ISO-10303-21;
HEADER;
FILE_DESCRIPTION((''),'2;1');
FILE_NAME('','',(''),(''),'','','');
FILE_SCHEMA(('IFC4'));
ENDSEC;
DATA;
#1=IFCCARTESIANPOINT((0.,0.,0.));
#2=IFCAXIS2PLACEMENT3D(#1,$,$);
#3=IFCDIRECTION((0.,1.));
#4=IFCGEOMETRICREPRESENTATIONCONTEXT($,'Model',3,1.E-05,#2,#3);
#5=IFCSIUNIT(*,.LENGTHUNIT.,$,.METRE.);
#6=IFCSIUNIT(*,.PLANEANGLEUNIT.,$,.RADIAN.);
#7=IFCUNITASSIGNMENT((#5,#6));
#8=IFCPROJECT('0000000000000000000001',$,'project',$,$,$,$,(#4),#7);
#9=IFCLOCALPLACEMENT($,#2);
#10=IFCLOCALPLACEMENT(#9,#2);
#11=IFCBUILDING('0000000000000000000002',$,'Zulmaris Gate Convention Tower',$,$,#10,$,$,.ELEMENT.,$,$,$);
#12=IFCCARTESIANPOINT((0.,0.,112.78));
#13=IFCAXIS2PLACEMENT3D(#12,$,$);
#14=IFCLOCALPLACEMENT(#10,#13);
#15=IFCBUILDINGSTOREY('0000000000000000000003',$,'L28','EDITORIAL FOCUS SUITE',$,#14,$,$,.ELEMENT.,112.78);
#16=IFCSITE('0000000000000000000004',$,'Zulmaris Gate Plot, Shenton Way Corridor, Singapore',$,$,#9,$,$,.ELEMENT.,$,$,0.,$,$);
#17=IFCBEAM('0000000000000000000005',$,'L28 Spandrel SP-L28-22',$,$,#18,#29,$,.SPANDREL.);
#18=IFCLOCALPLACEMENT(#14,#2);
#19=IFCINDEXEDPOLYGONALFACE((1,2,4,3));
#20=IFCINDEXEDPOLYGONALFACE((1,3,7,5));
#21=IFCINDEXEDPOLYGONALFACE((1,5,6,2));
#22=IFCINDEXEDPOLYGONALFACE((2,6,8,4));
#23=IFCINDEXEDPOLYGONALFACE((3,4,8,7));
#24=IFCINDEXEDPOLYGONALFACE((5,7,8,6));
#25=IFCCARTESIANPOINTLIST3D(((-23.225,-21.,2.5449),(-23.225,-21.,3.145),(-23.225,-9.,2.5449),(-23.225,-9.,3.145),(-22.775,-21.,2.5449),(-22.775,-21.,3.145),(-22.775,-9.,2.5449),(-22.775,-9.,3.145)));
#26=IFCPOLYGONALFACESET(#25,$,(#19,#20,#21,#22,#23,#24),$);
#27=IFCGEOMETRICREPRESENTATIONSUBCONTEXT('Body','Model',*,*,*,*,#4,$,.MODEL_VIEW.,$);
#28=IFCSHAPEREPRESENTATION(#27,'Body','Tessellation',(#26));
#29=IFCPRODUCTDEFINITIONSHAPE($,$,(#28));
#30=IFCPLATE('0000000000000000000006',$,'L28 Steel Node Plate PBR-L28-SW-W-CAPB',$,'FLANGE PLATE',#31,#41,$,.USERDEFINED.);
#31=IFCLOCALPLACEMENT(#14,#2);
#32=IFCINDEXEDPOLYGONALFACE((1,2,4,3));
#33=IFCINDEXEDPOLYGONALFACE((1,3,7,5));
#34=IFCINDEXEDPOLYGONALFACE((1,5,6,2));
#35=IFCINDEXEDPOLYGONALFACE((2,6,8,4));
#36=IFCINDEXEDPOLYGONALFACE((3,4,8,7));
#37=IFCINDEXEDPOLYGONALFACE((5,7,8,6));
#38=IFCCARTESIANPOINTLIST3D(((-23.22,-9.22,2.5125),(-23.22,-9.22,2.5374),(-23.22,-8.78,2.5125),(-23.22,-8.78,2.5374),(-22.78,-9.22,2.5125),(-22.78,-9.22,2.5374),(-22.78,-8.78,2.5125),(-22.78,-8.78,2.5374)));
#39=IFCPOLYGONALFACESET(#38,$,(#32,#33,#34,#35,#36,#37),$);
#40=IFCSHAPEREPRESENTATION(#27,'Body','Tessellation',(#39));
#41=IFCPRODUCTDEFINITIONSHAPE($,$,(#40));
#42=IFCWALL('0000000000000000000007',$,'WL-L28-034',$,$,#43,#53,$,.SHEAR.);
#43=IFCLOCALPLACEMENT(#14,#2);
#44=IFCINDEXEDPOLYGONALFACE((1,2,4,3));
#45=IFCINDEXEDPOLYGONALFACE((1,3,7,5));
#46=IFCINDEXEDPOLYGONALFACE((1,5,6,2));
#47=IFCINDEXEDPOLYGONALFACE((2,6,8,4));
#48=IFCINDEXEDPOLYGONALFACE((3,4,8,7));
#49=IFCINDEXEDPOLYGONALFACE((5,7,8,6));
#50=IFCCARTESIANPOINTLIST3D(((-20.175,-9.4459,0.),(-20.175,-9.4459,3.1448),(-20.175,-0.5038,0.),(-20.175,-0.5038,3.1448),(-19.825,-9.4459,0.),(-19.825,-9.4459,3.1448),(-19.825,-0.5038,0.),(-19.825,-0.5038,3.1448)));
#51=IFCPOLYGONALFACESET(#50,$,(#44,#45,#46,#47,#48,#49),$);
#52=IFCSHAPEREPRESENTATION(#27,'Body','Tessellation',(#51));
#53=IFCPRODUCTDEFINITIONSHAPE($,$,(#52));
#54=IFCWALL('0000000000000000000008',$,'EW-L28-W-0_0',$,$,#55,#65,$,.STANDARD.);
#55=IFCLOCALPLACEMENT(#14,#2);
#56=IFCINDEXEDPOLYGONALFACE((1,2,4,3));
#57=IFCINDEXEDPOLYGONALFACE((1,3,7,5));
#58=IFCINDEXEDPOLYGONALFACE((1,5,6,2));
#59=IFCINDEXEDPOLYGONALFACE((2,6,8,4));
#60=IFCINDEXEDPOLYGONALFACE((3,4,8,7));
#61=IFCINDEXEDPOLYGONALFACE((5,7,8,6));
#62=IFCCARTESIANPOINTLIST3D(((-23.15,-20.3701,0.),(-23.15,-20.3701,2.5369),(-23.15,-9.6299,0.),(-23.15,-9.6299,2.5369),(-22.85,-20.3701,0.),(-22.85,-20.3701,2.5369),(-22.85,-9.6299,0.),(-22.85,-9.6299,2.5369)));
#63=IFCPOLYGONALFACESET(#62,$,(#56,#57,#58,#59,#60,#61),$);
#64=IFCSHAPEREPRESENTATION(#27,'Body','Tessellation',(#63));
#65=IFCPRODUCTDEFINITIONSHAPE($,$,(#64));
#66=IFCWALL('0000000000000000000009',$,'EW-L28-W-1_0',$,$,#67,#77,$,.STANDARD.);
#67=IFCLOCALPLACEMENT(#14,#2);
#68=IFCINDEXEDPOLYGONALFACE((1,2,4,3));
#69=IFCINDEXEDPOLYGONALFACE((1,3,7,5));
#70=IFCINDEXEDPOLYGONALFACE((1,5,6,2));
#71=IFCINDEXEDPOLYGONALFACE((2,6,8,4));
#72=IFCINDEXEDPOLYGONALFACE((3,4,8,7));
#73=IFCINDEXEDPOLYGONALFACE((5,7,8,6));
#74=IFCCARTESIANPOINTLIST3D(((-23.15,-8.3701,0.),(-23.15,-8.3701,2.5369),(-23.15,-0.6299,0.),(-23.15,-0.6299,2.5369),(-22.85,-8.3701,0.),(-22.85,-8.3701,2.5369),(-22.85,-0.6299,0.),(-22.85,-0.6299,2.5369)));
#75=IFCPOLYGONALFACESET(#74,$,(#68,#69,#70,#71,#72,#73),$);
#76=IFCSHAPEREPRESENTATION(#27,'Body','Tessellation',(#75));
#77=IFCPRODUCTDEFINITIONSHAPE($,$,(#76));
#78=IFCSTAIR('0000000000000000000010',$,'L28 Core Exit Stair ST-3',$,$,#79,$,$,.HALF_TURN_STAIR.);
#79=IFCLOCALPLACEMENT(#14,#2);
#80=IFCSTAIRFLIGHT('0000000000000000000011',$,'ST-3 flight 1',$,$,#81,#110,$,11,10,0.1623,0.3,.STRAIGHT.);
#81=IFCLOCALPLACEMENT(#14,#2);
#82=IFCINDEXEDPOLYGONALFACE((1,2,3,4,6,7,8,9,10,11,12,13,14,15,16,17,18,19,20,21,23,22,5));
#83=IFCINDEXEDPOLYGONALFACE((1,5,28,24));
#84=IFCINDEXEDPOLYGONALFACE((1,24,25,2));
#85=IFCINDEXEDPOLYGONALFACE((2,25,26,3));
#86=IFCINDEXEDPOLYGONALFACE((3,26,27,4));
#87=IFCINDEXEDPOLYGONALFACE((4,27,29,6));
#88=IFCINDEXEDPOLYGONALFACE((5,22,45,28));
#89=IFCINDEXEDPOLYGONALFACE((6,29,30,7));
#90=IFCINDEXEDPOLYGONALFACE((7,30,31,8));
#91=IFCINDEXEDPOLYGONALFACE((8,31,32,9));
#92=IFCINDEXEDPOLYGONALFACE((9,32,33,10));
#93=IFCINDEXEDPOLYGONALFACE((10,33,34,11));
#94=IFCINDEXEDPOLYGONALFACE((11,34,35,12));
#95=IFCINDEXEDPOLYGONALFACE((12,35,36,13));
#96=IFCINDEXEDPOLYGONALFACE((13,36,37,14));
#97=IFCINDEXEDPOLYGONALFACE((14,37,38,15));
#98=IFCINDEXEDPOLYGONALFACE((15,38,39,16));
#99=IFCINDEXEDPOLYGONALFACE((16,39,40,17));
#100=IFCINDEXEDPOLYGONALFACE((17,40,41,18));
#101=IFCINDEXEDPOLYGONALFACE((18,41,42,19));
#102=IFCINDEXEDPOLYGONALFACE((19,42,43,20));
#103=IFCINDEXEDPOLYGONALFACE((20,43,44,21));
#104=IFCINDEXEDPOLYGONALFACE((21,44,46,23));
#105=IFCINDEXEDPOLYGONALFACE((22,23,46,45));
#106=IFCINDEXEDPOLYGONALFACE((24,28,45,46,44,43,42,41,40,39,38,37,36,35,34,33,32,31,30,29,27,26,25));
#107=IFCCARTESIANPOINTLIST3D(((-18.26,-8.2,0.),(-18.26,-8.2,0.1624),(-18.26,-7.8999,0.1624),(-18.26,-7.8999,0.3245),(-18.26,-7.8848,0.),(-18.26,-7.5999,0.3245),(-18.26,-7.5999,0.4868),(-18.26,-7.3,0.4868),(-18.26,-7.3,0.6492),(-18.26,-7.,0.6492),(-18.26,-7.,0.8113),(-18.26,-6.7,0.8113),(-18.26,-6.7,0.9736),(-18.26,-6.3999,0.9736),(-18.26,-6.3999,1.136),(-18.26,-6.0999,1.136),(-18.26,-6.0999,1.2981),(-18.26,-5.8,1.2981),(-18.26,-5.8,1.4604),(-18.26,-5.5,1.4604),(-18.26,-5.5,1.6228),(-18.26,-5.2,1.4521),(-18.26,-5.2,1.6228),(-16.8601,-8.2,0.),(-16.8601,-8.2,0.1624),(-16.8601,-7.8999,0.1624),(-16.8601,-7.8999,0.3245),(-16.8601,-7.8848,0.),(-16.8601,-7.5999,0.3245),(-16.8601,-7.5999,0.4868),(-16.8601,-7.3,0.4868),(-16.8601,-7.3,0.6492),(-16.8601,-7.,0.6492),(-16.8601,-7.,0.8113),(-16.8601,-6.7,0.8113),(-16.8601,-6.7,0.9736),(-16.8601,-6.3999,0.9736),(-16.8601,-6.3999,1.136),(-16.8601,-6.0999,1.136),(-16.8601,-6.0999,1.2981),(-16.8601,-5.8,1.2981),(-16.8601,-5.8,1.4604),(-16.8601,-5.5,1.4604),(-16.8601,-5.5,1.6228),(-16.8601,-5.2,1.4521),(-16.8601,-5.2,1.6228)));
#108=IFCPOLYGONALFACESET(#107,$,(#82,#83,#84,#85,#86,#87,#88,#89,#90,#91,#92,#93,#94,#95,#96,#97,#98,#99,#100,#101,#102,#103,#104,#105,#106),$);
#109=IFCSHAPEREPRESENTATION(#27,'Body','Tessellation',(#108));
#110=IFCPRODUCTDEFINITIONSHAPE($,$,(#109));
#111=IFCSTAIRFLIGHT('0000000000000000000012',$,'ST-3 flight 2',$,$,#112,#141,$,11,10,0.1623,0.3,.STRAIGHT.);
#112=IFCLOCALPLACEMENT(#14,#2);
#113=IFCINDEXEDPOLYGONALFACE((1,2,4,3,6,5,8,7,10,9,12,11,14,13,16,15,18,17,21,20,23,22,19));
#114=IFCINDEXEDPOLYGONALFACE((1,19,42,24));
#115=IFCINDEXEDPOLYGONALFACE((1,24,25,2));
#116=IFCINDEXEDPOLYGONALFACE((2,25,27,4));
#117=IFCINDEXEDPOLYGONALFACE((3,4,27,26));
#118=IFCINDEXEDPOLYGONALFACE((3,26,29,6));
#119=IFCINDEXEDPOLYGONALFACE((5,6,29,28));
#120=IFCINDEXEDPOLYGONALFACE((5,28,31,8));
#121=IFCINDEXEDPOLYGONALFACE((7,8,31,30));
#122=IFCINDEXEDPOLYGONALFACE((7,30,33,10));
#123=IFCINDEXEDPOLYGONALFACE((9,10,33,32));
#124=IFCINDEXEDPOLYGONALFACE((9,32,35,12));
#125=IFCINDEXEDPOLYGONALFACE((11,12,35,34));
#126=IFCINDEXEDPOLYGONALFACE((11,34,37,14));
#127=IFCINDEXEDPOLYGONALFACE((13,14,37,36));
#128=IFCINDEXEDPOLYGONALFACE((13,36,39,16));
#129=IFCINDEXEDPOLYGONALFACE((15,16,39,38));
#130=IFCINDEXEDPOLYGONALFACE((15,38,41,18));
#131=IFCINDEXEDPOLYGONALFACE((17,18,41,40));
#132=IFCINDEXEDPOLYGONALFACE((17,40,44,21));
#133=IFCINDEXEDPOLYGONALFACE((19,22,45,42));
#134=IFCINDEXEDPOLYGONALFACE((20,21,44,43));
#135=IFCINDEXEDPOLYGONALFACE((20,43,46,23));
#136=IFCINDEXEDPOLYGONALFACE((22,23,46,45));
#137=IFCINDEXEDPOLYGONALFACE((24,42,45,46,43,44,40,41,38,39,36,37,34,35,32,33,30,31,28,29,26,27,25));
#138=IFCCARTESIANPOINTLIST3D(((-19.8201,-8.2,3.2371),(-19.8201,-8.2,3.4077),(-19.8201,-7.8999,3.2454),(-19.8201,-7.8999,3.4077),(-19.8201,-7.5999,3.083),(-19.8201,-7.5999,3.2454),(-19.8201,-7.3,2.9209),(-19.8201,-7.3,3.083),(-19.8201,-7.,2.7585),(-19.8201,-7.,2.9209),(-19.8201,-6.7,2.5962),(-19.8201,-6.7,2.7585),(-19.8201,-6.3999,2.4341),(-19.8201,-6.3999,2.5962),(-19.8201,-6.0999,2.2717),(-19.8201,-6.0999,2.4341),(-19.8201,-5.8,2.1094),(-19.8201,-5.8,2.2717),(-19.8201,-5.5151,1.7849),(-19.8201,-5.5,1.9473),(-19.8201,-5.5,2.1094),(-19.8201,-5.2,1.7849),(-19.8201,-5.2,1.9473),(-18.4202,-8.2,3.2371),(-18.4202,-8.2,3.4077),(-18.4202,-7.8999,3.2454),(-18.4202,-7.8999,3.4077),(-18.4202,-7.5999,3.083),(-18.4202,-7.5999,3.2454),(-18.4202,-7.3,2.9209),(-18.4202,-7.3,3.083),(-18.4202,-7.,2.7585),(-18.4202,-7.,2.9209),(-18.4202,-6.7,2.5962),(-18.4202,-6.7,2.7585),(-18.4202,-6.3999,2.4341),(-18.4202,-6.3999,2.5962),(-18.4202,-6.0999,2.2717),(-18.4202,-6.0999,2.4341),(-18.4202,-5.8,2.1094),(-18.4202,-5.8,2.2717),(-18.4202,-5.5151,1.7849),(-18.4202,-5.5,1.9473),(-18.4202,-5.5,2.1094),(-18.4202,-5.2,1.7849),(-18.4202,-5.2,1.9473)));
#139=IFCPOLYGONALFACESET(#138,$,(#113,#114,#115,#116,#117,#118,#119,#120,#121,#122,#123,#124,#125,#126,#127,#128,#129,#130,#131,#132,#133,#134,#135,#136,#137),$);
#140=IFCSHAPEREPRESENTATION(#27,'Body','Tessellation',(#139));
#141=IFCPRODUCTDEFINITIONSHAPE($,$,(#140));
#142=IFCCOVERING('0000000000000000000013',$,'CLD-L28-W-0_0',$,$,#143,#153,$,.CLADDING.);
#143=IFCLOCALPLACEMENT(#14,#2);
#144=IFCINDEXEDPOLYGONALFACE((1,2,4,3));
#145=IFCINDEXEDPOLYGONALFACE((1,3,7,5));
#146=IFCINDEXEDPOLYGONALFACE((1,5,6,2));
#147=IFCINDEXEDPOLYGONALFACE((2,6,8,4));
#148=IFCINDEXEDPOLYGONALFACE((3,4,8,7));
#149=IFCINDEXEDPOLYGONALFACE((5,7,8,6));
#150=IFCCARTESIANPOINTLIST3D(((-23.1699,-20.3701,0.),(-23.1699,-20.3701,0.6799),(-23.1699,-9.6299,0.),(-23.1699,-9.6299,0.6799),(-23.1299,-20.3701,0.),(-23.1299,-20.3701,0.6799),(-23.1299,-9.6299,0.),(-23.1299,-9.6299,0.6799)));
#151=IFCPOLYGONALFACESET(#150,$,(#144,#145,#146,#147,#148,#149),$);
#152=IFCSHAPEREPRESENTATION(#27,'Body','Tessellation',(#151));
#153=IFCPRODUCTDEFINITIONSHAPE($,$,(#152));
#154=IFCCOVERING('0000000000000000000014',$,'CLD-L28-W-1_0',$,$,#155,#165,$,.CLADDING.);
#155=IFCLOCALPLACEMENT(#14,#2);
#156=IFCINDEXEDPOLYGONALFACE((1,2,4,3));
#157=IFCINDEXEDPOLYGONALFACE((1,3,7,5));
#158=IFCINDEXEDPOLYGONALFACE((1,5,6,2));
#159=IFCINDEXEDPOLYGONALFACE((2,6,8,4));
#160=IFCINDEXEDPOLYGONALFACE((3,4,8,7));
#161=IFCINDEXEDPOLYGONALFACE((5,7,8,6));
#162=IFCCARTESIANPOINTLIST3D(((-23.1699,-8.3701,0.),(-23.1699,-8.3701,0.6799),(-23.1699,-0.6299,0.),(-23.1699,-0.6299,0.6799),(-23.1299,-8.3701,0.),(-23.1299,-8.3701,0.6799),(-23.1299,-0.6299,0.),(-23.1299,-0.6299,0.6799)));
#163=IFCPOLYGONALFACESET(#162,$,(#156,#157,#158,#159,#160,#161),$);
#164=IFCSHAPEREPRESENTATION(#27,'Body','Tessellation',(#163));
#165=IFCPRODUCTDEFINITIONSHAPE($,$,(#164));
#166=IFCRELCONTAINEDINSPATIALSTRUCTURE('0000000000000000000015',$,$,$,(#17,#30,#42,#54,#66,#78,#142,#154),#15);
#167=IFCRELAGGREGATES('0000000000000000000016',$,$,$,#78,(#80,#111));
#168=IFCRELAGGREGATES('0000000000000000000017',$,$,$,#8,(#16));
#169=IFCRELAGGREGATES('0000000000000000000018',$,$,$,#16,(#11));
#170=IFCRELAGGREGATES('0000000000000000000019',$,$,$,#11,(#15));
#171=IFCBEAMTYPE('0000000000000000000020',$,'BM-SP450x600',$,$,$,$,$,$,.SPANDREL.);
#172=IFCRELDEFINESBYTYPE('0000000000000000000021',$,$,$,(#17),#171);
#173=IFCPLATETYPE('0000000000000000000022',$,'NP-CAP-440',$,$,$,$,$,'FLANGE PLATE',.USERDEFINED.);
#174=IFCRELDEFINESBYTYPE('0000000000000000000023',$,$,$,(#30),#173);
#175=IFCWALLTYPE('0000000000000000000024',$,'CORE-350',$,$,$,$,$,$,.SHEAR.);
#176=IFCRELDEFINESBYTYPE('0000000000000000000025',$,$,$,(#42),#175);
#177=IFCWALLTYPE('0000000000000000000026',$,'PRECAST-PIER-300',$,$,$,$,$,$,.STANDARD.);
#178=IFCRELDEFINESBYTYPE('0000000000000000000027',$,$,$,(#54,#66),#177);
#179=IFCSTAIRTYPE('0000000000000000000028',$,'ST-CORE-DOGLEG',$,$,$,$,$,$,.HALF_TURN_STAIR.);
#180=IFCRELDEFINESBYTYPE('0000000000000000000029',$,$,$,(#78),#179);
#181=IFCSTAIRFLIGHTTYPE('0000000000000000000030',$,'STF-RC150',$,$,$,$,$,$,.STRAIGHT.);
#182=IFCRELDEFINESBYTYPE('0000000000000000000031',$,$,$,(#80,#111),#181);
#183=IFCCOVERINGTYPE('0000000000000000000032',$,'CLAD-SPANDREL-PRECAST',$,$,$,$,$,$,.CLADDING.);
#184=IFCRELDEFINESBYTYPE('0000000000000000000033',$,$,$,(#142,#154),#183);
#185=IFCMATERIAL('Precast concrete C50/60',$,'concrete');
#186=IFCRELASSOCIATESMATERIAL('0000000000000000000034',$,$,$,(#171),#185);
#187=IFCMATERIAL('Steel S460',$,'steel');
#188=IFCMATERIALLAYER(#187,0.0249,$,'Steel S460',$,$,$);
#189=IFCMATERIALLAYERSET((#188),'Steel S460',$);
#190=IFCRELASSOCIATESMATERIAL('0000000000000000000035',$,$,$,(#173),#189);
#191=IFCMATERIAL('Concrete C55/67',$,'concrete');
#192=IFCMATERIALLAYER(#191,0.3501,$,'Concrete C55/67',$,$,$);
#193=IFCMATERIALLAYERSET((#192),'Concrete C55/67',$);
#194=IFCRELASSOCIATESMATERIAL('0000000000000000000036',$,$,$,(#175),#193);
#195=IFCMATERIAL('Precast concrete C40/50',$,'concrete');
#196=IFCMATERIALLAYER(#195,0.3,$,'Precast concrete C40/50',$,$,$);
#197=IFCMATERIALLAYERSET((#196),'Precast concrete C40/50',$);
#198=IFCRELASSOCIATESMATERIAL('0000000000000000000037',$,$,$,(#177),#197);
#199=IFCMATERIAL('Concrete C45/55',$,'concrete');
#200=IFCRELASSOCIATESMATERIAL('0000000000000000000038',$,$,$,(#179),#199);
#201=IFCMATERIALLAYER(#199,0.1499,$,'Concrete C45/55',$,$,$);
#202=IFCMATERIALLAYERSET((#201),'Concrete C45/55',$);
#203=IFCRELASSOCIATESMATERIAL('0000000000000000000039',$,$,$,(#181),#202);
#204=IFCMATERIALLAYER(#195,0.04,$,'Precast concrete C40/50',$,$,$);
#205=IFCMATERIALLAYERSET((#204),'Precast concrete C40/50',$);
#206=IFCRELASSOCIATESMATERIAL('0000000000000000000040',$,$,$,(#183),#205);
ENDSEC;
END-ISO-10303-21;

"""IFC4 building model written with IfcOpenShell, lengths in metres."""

from ifc_helpers import new_model, si_unit, direction, frame, frame_2d, origin, origin_2d, place, context, subcontext, project, spatial, polyline, rectangle, outline, extrude, material, layer, layer_set, material_profile, profile_set, type_object, element, aggregate, save


model = new_model("IFC4")

# Units and contexts
model_context = context("Model", 3, precision=1e-05, world=origin(), true_north=direction((0.0, 1.0)))
body_context = subcontext(model_context, "Body", "Model", "MODEL_VIEW")
ifc_project = project(units=[si_unit("LENGTHUNIT", "METRE"), si_unit("PLANEANGLEUNIT", "RADIAN")], contexts=[model_context])

# Site, building, storey
site_placement = place(None, origin())
site = spatial("IfcSite", under=ifc_project, at=site_placement, Name="Zulmaris Gate Plot, Shenton Way Corridor, Singapore", CompositionType="ELEMENT", RefElevation=0.0)
building_placement = place(site_placement, origin())
building = spatial("IfcBuilding", under=site, at=building_placement, Name="Zulmaris Gate Convention Tower", CompositionType="ELEMENT")
storey_placement = place(building_placement, frame((0.0, 0.0, 112.78)))
storey = spatial("IfcBuildingStorey", under=building, at=storey_placement, Name="L28", Description="EDITORIAL FOCUS SUITE", CompositionType="ELEMENT", Elevation=112.78)

# Beam
ifc_material_1 = material(Name="Precast concrete C50/60", Category="concrete")
ifc_material_profile_1 = material_profile(ifc_material_1, rectangle(XDim=0.45, YDim=0.6001, at=origin_2d()), Name="RC SPANDREL 450x600")
ifc_profile_set_1 = profile_set([ifc_material_profile_1], Name="Precast concrete C50/60")
beam_type_1 = type_object("IfcBeamType", Name="BM-SP450x600", PredefinedType="SPANDREL", material=ifc_profile_set_1)
beam_1_placement = place(storey_placement, frame((-23.0, -9.0, 2.845), z_axis=(0.0, -1.0, 0.0), x_axis=(1.0, 0.0, 0.0)))
element("IfcBeam", 1, at=beam_1_placement, inside=storey, type_object=beam_type_1, Name="L28 Spandrel SP-L28-22", PredefinedType="SPANDREL", context=body_context, shape_type="SweptSolid", body=[
    extrude(rectangle(XDim=0.45, YDim=0.6001, at=origin_2d()), origin(), (0.0, 0.0, 1.0), 12.0),
])

# Plate
ifc_material_2 = material(Name="Steel S460", Category="steel")
ifc_layer_1 = layer(ifc_material_2, 0.0249, Name="Steel S460")
ifc_layer_set_1 = layer_set([ifc_layer_1], Name="Steel S460")
plate_type = type_object("IfcPlateType", Name="NP-CAP-440", ElementType="FLANGE PLATE", PredefinedType="USERDEFINED", material=ifc_layer_set_1)
plate_placement = place(storey_placement, frame((-23.0, -9.0, 2.5125), z_axis=(0.0, 0.0, 1.0), x_axis=(1.0, 0.0, 0.0)))
element("IfcPlate", 2, at=plate_placement, inside=storey, type_object=plate_type, Name="L28 Steel Node Plate PBR-L28-SW-W-CAPB", ObjectType="FLANGE PLATE", PredefinedType="USERDEFINED", context=body_context, shape_type="SweptSolid", body=[
    extrude(rectangle(XDim=0.4399, YDim=0.4399, at=origin_2d()), origin(), (0.0, 0.0, 1.0), 0.0249),
])

# Walls
ifc_material_3 = material(Name="Concrete C55/67", Category="concrete")
ifc_layer_2 = layer(ifc_material_3, 0.3501, Name="Concrete C55/67")
ifc_layer_set_2 = layer_set([ifc_layer_2], Name="Concrete C55/67")
wall_type_1 = type_object("IfcWallType", Name="CORE-350", PredefinedType="SHEAR", material=ifc_layer_set_2)
wall_1_placement = place(storey_placement, frame((-20.0, -9.446, 0.0), z_axis=(0.0, 0.0, 1.0), x_axis=(0.0, 1.0, 0.0)))
element("IfcWall", 3, at=wall_1_placement, inside=storey, type_object=wall_type_1, Name="WL-L28-034", PredefinedType="SHEAR", context=body_context, shape_type="SweptSolid", body=[
    extrude(rectangle(XDim=8.9421, YDim=0.3501, at=frame_2d((4.4712, 0.0))), origin(), (0.0, 0.0, 1.0), 3.1448),
])
ifc_material_4 = material(Name="Precast concrete C40/50", Category="concrete")
ifc_layer_3 = layer(ifc_material_4, 0.3, Name="Precast concrete C40/50")
ifc_layer_set_3 = layer_set([ifc_layer_3], Name="Precast concrete C40/50")
wall_type_2 = type_object("IfcWallType", Name="PRECAST-PIER-300", PredefinedType="STANDARD", material=ifc_layer_set_3)
wall_2_placement = place(storey_placement, frame((-23.0, -9.6299, 0.0), z_axis=(0.0, 0.0, 1.0), x_axis=(0.0, -1.0, 0.0)))
element("IfcWall", 4, at=wall_2_placement, inside=storey, type_object=wall_type_2, Name="EW-L28-W-0_0", PredefinedType="STANDARD", context=body_context, shape_type="SweptSolid", body=[
    extrude(rectangle(XDim=10.7402, YDim=0.3, at=frame_2d((5.3701, 0.0))), origin(), (0.0, 0.0, 1.0), 2.5369),
])
wall_3_placement = place(storey_placement, frame((-23.0, -0.6299, 0.0), z_axis=(0.0, 0.0, 1.0), x_axis=(0.0, -1.0, 0.0)))
element("IfcWall", 5, at=wall_3_placement, inside=storey, type_object=wall_type_2, Name="EW-L28-W-1_0", PredefinedType="STANDARD", context=body_context, shape_type="SweptSolid", body=[
    extrude(rectangle(XDim=7.7402, YDim=0.3, at=frame_2d((3.8701, 0.0))), origin(), (0.0, 0.0, 1.0), 2.5369),
])

# Stair, stair flights
ifc_material_5 = material(Name="Concrete C45/55", Category="concrete")
stair_type = type_object("IfcStairType", Name="ST-CORE-DOGLEG", PredefinedType="HALF_TURN_STAIR", material=ifc_material_5)
stair_placement = place(storey_placement, origin())
stair = element("IfcStair", 6, at=stair_placement, inside=storey, type_object=stair_type, Name="L28 Core Exit Stair ST-3", PredefinedType="HALF_TURN_STAIR")
ifc_layer_4 = layer(ifc_material_5, 0.1499, Name="Concrete C45/55")
ifc_layer_set_4 = layer_set([ifc_layer_4], Name="Concrete C45/55")
stair_flight_type = type_object("IfcStairFlightType", Name="STF-RC150", PredefinedType="STRAIGHT", material=ifc_layer_set_4)
stair_flight_1_placement = place(storey_placement, frame((-17.5601, -8.2, 0.0), z_axis=(0.0, 0.0, 1.0), x_axis=(0.0, 1.0, 0.0)))
stair_flight_1 = element("IfcStairFlight", 7, at=stair_flight_1_placement, type_object=stair_flight_type, Name="ST-3 flight 1", NumberOfRisers=11, NumberOfTreads=10, PredefinedType="STRAIGHT", RiserHeight=0.1623, TreadLength=0.3, context=body_context, shape_type="SweptSolid", body=[
    extrude(outline(polyline([(0.0, 0.0), (0.0, 0.1624), (0.3, 0.1624), (0.3, 0.3245), (0.6001, 0.3245), (0.6001, 0.4868), (0.8999, 0.4868), (0.8999, 0.6492), (1.2, 0.6492), (1.2, 0.8113), (1.5, 0.8113), (1.5, 0.9736), (1.8, 0.9736), (1.8, 1.136), (2.1001, 1.136), (2.1001, 1.2981), (2.3999, 1.2981), (2.3999, 1.4604), (2.7, 1.4604), (2.7, 1.6228), (3.0, 1.6228), (3.0, 1.7849), (3.0, 1.4521), (0.3152, 0.0), (0.0, 0.0)])), frame((0.0, 0.7, 0.0), z_axis=(0.0, -1.0, 0.0), x_axis=(1.0, 0.0, 0.0)), (0.0, 0.0, 1.0), 1.3999),
])
stair_flight_2_placement = place(storey_placement, frame((-19.1201, -5.2, 1.7849), z_axis=(0.0, 0.0, 1.0), x_axis=(0.0, -1.0, 0.0)))
stair_flight_2 = element("IfcStairFlight", 8, at=stair_flight_2_placement, type_object=stair_flight_type, Name="ST-3 flight 2", NumberOfRisers=11, NumberOfTreads=10, PredefinedType="STRAIGHT", RiserHeight=0.1623, TreadLength=0.3, context=body_context, shape_type="SweptSolid", body=[
    extrude(outline(polyline([(0.0, 0.0), (0.0, 0.1624), (0.3, 0.1624), (0.3, 0.3245), (0.6001, 0.3245), (0.6001, 0.4868), (0.8999, 0.4868), (0.8999, 0.6492), (1.2, 0.6492), (1.2, 0.8113), (1.5, 0.8113), (1.5, 0.9736), (1.8, 0.9736), (1.8, 1.136), (2.1001, 1.136), (2.1001, 1.2981), (2.3999, 1.2981), (2.3999, 1.4604), (2.7, 1.4604), (2.7, 1.6228), (3.0, 1.6228), (3.0, 1.7849), (3.0, 1.4521), (0.3152, 0.0), (0.0, 0.0)])), frame((0.0, 0.7, 0.0), z_axis=(0.0, -1.0, 0.0), x_axis=(1.0, 0.0, 0.0)), (0.0, 0.0, 1.0), 1.3999),
])
aggregate(stair, [stair_flight_1, stair_flight_2])

# Coverings
ifc_layer_5 = layer(ifc_material_4, 0.04, Name="Precast concrete C40/50")
ifc_layer_set_5 = layer_set([ifc_layer_5], Name="Precast concrete C40/50")
covering_type = type_object("IfcCoveringType", Name="CLAD-SPANDREL-PRECAST", PredefinedType="CLADDING", material=ifc_layer_set_5)
covering_1_placement = place(storey_placement, frame((-23.1499, -9.6299, 0.0), z_axis=(0.0, 0.0, 1.0), x_axis=(0.0, -1.0, 0.0)))
element("IfcCovering", 9, at=covering_1_placement, inside=storey, type_object=covering_type, Name="CLD-L28-W-0_0", PredefinedType="CLADDING", context=body_context, shape_type="SweptSolid", body=[
    extrude(rectangle(XDim=10.7402, YDim=0.04, at=frame_2d((5.3701, 0.0))), origin(), (0.0, 0.0, 1.0), 0.6799),
])
covering_2_placement = place(storey_placement, frame((-23.1499, -0.6299, 0.0), z_axis=(0.0, 0.0, 1.0), x_axis=(0.0, -1.0, 0.0)))
element("IfcCovering", 10, at=covering_2_placement, inside=storey, type_object=covering_type, Name="CLD-L28-W-1_0", PredefinedType="CLADDING", context=body_context, shape_type="SweptSolid", body=[
    extrude(rectangle(XDim=7.7402, YDim=0.04, at=frame_2d((3.8701, 0.0))), origin(), (0.0, 0.0, 1.0), 0.6799),
])

save(model, "model.ifc")
